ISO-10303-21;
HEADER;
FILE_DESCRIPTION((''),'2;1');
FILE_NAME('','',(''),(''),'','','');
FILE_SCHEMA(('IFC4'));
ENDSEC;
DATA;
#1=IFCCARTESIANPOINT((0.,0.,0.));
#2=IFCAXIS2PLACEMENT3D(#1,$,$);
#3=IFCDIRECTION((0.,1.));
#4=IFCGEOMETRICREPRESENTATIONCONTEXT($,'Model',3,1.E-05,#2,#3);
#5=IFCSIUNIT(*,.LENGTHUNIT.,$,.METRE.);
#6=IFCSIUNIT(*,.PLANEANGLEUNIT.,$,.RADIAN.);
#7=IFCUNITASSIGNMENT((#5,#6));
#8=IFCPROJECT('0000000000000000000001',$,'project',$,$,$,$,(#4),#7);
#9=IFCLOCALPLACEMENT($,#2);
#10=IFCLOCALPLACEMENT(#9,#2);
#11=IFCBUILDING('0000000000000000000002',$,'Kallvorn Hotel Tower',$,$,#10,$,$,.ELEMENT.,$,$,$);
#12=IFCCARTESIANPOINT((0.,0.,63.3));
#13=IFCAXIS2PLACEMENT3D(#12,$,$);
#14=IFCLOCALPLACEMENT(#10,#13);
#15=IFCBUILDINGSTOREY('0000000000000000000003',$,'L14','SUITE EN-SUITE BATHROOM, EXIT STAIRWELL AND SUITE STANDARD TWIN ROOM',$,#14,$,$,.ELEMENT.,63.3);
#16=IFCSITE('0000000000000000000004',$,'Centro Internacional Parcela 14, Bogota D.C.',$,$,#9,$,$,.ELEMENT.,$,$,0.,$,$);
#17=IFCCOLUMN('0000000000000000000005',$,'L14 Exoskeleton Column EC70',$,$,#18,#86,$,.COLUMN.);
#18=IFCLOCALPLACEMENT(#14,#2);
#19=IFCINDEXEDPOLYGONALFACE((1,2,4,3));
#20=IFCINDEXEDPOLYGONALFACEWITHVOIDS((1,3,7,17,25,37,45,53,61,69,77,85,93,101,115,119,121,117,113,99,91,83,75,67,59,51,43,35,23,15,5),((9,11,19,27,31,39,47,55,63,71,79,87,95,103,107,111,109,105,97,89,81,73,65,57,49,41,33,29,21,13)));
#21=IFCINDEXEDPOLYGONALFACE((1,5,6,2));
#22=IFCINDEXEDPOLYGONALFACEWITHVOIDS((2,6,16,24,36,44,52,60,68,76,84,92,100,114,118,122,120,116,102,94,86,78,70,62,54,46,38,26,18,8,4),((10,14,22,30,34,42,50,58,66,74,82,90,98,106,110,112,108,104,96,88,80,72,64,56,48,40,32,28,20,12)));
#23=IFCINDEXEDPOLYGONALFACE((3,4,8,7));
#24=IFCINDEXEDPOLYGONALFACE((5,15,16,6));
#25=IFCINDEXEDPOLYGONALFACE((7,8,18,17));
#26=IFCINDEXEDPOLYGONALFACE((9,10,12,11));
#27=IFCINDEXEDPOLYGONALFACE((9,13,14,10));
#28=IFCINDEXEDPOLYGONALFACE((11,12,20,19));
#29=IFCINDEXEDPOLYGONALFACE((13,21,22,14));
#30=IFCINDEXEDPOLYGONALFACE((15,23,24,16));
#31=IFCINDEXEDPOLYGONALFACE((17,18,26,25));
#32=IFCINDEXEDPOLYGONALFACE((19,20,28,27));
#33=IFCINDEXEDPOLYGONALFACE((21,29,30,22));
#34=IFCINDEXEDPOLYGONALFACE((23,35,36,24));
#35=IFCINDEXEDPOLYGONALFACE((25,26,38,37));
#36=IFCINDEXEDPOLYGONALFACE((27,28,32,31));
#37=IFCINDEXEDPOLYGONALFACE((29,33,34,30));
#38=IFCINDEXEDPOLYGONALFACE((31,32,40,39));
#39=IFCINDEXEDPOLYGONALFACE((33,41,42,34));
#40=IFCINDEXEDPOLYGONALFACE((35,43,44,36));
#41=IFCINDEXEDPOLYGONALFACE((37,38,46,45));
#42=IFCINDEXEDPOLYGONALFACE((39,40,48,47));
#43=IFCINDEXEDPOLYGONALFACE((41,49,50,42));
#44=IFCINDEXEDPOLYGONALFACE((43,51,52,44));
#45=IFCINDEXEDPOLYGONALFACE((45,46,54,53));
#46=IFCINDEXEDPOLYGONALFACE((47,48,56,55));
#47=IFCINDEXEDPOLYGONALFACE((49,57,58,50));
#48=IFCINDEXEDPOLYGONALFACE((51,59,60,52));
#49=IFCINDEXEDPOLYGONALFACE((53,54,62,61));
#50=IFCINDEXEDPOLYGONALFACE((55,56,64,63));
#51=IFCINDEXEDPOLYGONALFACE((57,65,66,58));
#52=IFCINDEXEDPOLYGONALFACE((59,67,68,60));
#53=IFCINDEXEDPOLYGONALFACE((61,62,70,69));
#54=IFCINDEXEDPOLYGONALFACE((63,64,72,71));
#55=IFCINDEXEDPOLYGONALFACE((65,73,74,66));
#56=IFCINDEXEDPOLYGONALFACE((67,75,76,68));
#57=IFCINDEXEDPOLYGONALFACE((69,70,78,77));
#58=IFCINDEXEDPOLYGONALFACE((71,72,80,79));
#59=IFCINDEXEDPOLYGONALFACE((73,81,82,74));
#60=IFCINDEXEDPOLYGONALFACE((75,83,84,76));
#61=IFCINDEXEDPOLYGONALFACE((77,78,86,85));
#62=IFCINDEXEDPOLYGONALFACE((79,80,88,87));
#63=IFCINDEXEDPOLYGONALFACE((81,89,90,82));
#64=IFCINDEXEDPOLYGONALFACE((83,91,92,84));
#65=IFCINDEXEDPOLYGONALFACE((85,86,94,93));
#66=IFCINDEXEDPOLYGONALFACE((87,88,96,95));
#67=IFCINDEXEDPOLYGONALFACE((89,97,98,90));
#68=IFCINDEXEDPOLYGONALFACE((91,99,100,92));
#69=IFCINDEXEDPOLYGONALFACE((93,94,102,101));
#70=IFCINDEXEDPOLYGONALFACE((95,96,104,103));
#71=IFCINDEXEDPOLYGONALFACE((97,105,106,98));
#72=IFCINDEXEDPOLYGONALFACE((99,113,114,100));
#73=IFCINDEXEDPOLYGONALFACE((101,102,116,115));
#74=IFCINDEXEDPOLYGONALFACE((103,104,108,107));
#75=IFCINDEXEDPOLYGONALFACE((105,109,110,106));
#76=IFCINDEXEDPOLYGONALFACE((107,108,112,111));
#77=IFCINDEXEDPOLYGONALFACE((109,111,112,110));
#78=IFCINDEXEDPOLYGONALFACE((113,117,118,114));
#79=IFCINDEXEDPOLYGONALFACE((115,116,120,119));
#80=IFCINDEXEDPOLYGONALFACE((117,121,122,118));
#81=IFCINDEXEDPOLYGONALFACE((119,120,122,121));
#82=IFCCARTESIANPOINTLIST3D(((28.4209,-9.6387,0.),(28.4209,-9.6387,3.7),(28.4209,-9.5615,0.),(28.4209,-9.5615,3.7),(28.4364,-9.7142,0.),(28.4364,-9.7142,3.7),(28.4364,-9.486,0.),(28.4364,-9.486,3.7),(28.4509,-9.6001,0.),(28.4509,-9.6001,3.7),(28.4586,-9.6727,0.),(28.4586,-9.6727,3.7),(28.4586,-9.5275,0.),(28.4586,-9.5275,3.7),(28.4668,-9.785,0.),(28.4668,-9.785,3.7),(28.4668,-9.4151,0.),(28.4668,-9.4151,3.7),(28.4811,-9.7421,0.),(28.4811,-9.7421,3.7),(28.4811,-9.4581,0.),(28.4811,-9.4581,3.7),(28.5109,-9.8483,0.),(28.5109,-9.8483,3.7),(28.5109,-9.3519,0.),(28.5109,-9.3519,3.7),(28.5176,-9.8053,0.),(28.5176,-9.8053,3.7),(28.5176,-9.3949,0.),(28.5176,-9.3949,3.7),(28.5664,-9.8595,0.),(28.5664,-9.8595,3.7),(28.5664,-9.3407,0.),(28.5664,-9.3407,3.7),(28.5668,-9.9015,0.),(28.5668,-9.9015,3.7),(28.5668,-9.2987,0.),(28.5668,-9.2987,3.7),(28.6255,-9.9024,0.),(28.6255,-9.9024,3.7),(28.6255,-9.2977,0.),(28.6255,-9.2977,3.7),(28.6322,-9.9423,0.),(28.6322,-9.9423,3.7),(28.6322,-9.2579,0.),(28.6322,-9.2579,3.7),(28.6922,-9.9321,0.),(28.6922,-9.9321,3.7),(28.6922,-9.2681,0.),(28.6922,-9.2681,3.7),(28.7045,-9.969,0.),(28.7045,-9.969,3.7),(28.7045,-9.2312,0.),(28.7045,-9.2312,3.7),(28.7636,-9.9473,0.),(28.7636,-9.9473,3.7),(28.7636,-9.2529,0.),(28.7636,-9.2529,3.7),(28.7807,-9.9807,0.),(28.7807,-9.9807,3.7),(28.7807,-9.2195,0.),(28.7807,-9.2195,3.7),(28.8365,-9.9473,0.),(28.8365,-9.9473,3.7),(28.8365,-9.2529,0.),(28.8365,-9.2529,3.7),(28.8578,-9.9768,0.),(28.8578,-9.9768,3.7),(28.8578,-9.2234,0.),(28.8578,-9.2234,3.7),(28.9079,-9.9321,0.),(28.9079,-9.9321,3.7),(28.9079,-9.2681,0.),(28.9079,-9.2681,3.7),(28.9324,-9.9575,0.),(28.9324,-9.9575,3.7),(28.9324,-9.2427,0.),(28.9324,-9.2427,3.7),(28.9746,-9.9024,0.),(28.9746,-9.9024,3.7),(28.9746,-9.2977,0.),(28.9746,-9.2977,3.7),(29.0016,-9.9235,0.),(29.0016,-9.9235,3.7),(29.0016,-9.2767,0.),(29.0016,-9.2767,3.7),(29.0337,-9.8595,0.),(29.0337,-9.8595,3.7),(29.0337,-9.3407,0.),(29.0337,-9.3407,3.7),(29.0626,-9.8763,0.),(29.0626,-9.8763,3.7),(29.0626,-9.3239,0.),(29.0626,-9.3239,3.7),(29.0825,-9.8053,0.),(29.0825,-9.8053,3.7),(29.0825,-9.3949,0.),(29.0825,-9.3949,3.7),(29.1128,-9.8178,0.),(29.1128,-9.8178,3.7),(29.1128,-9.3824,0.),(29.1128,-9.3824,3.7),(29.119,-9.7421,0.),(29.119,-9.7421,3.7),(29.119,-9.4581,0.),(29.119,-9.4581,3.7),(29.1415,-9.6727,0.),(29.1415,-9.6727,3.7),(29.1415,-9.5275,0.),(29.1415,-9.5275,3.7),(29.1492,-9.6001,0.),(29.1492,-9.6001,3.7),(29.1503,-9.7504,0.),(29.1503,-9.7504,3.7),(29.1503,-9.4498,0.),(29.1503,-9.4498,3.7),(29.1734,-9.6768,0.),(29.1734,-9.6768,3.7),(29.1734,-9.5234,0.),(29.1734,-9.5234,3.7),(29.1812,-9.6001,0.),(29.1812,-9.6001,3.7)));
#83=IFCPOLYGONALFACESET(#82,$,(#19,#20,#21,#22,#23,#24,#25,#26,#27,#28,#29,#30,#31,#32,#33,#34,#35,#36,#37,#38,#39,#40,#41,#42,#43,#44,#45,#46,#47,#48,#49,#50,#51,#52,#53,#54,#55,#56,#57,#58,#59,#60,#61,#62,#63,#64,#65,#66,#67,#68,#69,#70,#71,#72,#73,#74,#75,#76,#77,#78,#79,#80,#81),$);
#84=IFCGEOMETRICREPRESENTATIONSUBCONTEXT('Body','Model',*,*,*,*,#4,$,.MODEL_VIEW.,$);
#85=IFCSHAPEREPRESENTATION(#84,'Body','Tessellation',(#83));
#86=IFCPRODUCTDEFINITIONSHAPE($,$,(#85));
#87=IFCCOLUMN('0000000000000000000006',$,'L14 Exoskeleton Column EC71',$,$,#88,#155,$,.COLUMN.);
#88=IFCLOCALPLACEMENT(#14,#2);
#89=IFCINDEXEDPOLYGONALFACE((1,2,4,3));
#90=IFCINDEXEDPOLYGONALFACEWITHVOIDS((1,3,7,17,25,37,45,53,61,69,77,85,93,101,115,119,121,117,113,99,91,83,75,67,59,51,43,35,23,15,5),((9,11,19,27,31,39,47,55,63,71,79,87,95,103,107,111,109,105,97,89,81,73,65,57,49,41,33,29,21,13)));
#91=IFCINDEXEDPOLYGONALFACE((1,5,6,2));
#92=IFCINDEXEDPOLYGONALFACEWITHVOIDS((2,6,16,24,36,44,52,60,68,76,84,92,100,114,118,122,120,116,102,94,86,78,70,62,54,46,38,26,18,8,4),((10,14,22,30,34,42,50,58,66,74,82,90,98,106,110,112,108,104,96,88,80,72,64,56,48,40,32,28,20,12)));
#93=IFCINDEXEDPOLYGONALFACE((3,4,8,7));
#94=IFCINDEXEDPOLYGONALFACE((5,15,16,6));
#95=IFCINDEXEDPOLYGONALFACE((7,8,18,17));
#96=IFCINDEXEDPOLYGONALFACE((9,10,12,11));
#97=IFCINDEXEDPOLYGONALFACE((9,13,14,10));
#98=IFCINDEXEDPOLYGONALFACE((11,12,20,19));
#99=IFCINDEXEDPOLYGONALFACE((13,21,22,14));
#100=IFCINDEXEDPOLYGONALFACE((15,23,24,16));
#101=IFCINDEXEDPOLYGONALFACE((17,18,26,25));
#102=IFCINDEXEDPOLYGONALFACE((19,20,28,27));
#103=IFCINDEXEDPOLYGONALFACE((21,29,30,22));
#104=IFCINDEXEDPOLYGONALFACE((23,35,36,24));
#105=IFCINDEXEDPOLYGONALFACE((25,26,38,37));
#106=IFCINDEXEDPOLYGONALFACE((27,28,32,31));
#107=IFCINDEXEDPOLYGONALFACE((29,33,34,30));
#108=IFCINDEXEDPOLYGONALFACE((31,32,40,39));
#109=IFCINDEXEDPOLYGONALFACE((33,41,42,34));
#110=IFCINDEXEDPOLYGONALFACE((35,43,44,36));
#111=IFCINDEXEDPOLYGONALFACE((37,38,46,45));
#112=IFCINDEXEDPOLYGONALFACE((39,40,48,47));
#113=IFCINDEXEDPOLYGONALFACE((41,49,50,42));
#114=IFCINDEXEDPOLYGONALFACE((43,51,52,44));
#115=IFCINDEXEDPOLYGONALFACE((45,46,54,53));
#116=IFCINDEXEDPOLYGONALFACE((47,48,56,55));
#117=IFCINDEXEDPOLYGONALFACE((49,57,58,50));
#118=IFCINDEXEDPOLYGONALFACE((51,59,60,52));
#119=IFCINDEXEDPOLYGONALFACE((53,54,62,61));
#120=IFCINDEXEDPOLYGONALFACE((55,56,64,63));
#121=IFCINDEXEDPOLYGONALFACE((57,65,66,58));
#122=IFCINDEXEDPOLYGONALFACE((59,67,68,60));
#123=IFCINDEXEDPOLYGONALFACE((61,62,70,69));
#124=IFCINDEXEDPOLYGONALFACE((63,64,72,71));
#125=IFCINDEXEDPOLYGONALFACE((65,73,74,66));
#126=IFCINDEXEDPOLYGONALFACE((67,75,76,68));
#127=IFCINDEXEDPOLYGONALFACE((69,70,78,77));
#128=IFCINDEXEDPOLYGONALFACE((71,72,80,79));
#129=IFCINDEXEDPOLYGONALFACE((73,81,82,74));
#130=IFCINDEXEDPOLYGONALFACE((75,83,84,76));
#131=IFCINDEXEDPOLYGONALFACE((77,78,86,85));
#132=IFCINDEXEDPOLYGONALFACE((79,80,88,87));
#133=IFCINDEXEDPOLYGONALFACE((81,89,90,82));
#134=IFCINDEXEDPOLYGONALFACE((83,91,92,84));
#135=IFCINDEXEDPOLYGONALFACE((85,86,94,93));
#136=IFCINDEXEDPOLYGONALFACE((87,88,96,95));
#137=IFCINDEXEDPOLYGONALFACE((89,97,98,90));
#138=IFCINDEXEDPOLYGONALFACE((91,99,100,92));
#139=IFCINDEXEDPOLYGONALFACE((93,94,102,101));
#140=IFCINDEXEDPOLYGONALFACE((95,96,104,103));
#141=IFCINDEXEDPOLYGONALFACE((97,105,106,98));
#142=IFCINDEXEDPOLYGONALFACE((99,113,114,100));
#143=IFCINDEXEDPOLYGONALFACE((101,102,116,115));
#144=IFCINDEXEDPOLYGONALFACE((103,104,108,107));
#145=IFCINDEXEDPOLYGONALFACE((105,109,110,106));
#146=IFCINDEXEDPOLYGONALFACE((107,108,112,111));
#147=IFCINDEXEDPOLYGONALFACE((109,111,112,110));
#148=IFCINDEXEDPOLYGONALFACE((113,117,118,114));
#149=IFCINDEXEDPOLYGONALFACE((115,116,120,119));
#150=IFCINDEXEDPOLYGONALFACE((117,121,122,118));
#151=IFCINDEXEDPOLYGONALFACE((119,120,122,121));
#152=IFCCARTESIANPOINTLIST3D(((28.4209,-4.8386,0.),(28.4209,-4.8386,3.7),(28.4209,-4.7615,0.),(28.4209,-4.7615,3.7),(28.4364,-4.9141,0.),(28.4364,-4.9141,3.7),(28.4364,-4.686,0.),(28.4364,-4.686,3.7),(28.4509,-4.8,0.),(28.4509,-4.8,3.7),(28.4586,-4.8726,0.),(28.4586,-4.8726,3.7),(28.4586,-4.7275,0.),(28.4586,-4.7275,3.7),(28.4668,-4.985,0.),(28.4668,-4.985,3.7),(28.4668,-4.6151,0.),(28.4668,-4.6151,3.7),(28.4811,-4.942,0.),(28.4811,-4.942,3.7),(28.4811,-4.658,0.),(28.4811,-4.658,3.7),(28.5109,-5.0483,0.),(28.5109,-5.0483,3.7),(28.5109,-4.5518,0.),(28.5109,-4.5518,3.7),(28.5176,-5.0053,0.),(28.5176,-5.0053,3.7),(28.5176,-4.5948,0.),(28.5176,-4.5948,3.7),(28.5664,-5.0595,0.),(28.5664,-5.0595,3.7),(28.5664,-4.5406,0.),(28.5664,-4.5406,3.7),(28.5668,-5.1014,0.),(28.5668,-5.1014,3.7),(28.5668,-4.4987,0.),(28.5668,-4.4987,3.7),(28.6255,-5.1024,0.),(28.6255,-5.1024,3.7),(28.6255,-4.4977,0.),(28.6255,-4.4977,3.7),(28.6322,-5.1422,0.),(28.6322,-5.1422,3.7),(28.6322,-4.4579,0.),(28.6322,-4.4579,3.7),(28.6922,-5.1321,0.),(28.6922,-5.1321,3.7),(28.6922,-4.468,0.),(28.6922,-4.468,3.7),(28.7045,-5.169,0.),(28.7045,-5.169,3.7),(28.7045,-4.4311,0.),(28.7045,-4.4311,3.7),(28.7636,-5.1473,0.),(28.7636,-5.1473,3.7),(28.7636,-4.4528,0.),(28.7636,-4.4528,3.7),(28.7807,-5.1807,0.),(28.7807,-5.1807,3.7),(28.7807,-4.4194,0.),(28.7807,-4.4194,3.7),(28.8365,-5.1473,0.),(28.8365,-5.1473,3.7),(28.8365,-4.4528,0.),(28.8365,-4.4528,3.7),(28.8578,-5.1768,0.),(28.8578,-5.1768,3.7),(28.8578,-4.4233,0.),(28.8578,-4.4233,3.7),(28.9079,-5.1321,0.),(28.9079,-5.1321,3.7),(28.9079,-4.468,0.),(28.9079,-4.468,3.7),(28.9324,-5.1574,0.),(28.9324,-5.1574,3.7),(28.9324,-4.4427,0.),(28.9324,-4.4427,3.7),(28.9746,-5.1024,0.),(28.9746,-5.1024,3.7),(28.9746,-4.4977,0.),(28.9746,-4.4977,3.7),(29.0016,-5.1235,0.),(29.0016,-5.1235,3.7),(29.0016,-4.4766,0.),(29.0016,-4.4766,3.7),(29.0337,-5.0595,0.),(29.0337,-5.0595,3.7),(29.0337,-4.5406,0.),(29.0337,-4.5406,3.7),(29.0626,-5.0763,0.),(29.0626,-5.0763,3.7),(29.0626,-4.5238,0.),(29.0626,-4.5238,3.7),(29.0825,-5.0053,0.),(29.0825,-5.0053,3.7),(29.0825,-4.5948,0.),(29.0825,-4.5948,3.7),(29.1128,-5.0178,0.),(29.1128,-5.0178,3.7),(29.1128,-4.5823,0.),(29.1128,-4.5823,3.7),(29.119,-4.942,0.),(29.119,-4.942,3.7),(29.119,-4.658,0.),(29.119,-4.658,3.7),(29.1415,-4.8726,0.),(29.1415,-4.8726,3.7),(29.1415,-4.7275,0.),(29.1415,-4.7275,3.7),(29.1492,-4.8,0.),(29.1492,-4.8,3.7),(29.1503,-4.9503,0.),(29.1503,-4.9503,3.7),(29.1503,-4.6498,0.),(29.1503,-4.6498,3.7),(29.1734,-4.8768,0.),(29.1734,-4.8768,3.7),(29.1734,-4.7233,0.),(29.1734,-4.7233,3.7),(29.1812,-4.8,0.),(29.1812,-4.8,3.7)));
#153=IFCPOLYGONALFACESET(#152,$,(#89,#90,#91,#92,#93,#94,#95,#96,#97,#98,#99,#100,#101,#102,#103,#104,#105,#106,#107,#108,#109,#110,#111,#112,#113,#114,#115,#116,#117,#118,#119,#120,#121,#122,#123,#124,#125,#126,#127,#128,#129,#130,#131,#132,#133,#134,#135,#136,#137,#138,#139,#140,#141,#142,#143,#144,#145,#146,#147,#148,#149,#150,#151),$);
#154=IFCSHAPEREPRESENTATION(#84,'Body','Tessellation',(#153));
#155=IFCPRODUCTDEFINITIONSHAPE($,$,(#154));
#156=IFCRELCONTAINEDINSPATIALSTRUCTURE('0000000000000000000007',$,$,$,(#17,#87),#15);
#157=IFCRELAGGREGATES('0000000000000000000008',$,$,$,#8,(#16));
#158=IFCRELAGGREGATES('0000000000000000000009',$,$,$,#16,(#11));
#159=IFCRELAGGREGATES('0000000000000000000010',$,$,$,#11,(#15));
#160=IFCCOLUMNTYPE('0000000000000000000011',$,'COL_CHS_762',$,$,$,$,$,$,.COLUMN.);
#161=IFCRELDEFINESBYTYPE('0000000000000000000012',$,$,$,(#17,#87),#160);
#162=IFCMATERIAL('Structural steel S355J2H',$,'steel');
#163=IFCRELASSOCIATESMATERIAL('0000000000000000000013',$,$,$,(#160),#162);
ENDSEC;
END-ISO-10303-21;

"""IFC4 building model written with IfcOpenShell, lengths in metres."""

from ifc_helpers import new_model, si_unit, direction, frame, origin, origin_2d, place, context, subcontext, project, spatial, hollow_circle, extrude, material, material_profile, profile_set, type_object, element, save


model = new_model("IFC4")

# Units and contexts
model_context = context("Model", 3, precision=1e-05, world=origin(), true_north=direction((0.0, 1.0)))
body_context = subcontext(model_context, "Body", "Model", "MODEL_VIEW")
ifc_project = project(units=[si_unit("LENGTHUNIT", "METRE"), si_unit("PLANEANGLEUNIT", "RADIAN")], contexts=[model_context])

# Site, building, storey
site_placement = place(None, origin())
site = spatial("IfcSite", under=ifc_project, at=site_placement, Name="Centro Internacional Parcela 14, Bogota D.C.", CompositionType="ELEMENT", RefElevation=0.0)
building_placement = place(site_placement, origin())
building = spatial("IfcBuilding", under=site, at=building_placement, Name="Kallvorn Hotel Tower", CompositionType="ELEMENT")
storey_placement = place(building_placement, frame((0.0, 0.0, 63.3)))
storey = spatial("IfcBuildingStorey", under=building, at=storey_placement, Name="L14", Description="SUITE EN-SUITE BATHROOM, EXIT STAIRWELL AND SUITE STANDARD TWIN ROOM", CompositionType="ELEMENT", Elevation=63.3)

# Columns
ifc_material_1 = material(Name="Structural steel S355J2H", Category="steel")
ifc_material_profile_1 = material_profile(ifc_material_1, hollow_circle(Radius=0.3811, WallThickness=0.032, at=origin_2d()), Name="CHS 762x32")
ifc_profile_set_1 = profile_set([ifc_material_profile_1], Name="Structural steel S355J2H")
column_type_1 = type_object("IfcColumnType", Name="COL_CHS_762", PredefinedType="COLUMN", material=ifc_profile_set_1)
for number, where, z_axis, x_axis, name in (
    (1, (28.8, -9.6001, 0.0), (0.0, 0.0, 1.0), (1.0, 0.0, 0.0), "L14 Exoskeleton Column EC70"),
    (2, (28.8, -4.8, 0.0), (0.0, 0.0, 1.0), (1.0, 0.0, 0.0), "L14 Exoskeleton Column EC71"),
):
    element("IfcColumn", number, at=place(storey_placement, frame(where, z_axis=z_axis, x_axis=x_axis)), inside=storey, type_object=column_type_1, Name=name, PredefinedType="COLUMN", context=body_context, shape_type="SweptSolid", body=[
        extrude(hollow_circle(Radius=0.3811, WallThickness=0.032, at=origin_2d()), origin(), (0.0, 0.0, 1.0), 3.7),
    ])

save(model, "model.ifc")
